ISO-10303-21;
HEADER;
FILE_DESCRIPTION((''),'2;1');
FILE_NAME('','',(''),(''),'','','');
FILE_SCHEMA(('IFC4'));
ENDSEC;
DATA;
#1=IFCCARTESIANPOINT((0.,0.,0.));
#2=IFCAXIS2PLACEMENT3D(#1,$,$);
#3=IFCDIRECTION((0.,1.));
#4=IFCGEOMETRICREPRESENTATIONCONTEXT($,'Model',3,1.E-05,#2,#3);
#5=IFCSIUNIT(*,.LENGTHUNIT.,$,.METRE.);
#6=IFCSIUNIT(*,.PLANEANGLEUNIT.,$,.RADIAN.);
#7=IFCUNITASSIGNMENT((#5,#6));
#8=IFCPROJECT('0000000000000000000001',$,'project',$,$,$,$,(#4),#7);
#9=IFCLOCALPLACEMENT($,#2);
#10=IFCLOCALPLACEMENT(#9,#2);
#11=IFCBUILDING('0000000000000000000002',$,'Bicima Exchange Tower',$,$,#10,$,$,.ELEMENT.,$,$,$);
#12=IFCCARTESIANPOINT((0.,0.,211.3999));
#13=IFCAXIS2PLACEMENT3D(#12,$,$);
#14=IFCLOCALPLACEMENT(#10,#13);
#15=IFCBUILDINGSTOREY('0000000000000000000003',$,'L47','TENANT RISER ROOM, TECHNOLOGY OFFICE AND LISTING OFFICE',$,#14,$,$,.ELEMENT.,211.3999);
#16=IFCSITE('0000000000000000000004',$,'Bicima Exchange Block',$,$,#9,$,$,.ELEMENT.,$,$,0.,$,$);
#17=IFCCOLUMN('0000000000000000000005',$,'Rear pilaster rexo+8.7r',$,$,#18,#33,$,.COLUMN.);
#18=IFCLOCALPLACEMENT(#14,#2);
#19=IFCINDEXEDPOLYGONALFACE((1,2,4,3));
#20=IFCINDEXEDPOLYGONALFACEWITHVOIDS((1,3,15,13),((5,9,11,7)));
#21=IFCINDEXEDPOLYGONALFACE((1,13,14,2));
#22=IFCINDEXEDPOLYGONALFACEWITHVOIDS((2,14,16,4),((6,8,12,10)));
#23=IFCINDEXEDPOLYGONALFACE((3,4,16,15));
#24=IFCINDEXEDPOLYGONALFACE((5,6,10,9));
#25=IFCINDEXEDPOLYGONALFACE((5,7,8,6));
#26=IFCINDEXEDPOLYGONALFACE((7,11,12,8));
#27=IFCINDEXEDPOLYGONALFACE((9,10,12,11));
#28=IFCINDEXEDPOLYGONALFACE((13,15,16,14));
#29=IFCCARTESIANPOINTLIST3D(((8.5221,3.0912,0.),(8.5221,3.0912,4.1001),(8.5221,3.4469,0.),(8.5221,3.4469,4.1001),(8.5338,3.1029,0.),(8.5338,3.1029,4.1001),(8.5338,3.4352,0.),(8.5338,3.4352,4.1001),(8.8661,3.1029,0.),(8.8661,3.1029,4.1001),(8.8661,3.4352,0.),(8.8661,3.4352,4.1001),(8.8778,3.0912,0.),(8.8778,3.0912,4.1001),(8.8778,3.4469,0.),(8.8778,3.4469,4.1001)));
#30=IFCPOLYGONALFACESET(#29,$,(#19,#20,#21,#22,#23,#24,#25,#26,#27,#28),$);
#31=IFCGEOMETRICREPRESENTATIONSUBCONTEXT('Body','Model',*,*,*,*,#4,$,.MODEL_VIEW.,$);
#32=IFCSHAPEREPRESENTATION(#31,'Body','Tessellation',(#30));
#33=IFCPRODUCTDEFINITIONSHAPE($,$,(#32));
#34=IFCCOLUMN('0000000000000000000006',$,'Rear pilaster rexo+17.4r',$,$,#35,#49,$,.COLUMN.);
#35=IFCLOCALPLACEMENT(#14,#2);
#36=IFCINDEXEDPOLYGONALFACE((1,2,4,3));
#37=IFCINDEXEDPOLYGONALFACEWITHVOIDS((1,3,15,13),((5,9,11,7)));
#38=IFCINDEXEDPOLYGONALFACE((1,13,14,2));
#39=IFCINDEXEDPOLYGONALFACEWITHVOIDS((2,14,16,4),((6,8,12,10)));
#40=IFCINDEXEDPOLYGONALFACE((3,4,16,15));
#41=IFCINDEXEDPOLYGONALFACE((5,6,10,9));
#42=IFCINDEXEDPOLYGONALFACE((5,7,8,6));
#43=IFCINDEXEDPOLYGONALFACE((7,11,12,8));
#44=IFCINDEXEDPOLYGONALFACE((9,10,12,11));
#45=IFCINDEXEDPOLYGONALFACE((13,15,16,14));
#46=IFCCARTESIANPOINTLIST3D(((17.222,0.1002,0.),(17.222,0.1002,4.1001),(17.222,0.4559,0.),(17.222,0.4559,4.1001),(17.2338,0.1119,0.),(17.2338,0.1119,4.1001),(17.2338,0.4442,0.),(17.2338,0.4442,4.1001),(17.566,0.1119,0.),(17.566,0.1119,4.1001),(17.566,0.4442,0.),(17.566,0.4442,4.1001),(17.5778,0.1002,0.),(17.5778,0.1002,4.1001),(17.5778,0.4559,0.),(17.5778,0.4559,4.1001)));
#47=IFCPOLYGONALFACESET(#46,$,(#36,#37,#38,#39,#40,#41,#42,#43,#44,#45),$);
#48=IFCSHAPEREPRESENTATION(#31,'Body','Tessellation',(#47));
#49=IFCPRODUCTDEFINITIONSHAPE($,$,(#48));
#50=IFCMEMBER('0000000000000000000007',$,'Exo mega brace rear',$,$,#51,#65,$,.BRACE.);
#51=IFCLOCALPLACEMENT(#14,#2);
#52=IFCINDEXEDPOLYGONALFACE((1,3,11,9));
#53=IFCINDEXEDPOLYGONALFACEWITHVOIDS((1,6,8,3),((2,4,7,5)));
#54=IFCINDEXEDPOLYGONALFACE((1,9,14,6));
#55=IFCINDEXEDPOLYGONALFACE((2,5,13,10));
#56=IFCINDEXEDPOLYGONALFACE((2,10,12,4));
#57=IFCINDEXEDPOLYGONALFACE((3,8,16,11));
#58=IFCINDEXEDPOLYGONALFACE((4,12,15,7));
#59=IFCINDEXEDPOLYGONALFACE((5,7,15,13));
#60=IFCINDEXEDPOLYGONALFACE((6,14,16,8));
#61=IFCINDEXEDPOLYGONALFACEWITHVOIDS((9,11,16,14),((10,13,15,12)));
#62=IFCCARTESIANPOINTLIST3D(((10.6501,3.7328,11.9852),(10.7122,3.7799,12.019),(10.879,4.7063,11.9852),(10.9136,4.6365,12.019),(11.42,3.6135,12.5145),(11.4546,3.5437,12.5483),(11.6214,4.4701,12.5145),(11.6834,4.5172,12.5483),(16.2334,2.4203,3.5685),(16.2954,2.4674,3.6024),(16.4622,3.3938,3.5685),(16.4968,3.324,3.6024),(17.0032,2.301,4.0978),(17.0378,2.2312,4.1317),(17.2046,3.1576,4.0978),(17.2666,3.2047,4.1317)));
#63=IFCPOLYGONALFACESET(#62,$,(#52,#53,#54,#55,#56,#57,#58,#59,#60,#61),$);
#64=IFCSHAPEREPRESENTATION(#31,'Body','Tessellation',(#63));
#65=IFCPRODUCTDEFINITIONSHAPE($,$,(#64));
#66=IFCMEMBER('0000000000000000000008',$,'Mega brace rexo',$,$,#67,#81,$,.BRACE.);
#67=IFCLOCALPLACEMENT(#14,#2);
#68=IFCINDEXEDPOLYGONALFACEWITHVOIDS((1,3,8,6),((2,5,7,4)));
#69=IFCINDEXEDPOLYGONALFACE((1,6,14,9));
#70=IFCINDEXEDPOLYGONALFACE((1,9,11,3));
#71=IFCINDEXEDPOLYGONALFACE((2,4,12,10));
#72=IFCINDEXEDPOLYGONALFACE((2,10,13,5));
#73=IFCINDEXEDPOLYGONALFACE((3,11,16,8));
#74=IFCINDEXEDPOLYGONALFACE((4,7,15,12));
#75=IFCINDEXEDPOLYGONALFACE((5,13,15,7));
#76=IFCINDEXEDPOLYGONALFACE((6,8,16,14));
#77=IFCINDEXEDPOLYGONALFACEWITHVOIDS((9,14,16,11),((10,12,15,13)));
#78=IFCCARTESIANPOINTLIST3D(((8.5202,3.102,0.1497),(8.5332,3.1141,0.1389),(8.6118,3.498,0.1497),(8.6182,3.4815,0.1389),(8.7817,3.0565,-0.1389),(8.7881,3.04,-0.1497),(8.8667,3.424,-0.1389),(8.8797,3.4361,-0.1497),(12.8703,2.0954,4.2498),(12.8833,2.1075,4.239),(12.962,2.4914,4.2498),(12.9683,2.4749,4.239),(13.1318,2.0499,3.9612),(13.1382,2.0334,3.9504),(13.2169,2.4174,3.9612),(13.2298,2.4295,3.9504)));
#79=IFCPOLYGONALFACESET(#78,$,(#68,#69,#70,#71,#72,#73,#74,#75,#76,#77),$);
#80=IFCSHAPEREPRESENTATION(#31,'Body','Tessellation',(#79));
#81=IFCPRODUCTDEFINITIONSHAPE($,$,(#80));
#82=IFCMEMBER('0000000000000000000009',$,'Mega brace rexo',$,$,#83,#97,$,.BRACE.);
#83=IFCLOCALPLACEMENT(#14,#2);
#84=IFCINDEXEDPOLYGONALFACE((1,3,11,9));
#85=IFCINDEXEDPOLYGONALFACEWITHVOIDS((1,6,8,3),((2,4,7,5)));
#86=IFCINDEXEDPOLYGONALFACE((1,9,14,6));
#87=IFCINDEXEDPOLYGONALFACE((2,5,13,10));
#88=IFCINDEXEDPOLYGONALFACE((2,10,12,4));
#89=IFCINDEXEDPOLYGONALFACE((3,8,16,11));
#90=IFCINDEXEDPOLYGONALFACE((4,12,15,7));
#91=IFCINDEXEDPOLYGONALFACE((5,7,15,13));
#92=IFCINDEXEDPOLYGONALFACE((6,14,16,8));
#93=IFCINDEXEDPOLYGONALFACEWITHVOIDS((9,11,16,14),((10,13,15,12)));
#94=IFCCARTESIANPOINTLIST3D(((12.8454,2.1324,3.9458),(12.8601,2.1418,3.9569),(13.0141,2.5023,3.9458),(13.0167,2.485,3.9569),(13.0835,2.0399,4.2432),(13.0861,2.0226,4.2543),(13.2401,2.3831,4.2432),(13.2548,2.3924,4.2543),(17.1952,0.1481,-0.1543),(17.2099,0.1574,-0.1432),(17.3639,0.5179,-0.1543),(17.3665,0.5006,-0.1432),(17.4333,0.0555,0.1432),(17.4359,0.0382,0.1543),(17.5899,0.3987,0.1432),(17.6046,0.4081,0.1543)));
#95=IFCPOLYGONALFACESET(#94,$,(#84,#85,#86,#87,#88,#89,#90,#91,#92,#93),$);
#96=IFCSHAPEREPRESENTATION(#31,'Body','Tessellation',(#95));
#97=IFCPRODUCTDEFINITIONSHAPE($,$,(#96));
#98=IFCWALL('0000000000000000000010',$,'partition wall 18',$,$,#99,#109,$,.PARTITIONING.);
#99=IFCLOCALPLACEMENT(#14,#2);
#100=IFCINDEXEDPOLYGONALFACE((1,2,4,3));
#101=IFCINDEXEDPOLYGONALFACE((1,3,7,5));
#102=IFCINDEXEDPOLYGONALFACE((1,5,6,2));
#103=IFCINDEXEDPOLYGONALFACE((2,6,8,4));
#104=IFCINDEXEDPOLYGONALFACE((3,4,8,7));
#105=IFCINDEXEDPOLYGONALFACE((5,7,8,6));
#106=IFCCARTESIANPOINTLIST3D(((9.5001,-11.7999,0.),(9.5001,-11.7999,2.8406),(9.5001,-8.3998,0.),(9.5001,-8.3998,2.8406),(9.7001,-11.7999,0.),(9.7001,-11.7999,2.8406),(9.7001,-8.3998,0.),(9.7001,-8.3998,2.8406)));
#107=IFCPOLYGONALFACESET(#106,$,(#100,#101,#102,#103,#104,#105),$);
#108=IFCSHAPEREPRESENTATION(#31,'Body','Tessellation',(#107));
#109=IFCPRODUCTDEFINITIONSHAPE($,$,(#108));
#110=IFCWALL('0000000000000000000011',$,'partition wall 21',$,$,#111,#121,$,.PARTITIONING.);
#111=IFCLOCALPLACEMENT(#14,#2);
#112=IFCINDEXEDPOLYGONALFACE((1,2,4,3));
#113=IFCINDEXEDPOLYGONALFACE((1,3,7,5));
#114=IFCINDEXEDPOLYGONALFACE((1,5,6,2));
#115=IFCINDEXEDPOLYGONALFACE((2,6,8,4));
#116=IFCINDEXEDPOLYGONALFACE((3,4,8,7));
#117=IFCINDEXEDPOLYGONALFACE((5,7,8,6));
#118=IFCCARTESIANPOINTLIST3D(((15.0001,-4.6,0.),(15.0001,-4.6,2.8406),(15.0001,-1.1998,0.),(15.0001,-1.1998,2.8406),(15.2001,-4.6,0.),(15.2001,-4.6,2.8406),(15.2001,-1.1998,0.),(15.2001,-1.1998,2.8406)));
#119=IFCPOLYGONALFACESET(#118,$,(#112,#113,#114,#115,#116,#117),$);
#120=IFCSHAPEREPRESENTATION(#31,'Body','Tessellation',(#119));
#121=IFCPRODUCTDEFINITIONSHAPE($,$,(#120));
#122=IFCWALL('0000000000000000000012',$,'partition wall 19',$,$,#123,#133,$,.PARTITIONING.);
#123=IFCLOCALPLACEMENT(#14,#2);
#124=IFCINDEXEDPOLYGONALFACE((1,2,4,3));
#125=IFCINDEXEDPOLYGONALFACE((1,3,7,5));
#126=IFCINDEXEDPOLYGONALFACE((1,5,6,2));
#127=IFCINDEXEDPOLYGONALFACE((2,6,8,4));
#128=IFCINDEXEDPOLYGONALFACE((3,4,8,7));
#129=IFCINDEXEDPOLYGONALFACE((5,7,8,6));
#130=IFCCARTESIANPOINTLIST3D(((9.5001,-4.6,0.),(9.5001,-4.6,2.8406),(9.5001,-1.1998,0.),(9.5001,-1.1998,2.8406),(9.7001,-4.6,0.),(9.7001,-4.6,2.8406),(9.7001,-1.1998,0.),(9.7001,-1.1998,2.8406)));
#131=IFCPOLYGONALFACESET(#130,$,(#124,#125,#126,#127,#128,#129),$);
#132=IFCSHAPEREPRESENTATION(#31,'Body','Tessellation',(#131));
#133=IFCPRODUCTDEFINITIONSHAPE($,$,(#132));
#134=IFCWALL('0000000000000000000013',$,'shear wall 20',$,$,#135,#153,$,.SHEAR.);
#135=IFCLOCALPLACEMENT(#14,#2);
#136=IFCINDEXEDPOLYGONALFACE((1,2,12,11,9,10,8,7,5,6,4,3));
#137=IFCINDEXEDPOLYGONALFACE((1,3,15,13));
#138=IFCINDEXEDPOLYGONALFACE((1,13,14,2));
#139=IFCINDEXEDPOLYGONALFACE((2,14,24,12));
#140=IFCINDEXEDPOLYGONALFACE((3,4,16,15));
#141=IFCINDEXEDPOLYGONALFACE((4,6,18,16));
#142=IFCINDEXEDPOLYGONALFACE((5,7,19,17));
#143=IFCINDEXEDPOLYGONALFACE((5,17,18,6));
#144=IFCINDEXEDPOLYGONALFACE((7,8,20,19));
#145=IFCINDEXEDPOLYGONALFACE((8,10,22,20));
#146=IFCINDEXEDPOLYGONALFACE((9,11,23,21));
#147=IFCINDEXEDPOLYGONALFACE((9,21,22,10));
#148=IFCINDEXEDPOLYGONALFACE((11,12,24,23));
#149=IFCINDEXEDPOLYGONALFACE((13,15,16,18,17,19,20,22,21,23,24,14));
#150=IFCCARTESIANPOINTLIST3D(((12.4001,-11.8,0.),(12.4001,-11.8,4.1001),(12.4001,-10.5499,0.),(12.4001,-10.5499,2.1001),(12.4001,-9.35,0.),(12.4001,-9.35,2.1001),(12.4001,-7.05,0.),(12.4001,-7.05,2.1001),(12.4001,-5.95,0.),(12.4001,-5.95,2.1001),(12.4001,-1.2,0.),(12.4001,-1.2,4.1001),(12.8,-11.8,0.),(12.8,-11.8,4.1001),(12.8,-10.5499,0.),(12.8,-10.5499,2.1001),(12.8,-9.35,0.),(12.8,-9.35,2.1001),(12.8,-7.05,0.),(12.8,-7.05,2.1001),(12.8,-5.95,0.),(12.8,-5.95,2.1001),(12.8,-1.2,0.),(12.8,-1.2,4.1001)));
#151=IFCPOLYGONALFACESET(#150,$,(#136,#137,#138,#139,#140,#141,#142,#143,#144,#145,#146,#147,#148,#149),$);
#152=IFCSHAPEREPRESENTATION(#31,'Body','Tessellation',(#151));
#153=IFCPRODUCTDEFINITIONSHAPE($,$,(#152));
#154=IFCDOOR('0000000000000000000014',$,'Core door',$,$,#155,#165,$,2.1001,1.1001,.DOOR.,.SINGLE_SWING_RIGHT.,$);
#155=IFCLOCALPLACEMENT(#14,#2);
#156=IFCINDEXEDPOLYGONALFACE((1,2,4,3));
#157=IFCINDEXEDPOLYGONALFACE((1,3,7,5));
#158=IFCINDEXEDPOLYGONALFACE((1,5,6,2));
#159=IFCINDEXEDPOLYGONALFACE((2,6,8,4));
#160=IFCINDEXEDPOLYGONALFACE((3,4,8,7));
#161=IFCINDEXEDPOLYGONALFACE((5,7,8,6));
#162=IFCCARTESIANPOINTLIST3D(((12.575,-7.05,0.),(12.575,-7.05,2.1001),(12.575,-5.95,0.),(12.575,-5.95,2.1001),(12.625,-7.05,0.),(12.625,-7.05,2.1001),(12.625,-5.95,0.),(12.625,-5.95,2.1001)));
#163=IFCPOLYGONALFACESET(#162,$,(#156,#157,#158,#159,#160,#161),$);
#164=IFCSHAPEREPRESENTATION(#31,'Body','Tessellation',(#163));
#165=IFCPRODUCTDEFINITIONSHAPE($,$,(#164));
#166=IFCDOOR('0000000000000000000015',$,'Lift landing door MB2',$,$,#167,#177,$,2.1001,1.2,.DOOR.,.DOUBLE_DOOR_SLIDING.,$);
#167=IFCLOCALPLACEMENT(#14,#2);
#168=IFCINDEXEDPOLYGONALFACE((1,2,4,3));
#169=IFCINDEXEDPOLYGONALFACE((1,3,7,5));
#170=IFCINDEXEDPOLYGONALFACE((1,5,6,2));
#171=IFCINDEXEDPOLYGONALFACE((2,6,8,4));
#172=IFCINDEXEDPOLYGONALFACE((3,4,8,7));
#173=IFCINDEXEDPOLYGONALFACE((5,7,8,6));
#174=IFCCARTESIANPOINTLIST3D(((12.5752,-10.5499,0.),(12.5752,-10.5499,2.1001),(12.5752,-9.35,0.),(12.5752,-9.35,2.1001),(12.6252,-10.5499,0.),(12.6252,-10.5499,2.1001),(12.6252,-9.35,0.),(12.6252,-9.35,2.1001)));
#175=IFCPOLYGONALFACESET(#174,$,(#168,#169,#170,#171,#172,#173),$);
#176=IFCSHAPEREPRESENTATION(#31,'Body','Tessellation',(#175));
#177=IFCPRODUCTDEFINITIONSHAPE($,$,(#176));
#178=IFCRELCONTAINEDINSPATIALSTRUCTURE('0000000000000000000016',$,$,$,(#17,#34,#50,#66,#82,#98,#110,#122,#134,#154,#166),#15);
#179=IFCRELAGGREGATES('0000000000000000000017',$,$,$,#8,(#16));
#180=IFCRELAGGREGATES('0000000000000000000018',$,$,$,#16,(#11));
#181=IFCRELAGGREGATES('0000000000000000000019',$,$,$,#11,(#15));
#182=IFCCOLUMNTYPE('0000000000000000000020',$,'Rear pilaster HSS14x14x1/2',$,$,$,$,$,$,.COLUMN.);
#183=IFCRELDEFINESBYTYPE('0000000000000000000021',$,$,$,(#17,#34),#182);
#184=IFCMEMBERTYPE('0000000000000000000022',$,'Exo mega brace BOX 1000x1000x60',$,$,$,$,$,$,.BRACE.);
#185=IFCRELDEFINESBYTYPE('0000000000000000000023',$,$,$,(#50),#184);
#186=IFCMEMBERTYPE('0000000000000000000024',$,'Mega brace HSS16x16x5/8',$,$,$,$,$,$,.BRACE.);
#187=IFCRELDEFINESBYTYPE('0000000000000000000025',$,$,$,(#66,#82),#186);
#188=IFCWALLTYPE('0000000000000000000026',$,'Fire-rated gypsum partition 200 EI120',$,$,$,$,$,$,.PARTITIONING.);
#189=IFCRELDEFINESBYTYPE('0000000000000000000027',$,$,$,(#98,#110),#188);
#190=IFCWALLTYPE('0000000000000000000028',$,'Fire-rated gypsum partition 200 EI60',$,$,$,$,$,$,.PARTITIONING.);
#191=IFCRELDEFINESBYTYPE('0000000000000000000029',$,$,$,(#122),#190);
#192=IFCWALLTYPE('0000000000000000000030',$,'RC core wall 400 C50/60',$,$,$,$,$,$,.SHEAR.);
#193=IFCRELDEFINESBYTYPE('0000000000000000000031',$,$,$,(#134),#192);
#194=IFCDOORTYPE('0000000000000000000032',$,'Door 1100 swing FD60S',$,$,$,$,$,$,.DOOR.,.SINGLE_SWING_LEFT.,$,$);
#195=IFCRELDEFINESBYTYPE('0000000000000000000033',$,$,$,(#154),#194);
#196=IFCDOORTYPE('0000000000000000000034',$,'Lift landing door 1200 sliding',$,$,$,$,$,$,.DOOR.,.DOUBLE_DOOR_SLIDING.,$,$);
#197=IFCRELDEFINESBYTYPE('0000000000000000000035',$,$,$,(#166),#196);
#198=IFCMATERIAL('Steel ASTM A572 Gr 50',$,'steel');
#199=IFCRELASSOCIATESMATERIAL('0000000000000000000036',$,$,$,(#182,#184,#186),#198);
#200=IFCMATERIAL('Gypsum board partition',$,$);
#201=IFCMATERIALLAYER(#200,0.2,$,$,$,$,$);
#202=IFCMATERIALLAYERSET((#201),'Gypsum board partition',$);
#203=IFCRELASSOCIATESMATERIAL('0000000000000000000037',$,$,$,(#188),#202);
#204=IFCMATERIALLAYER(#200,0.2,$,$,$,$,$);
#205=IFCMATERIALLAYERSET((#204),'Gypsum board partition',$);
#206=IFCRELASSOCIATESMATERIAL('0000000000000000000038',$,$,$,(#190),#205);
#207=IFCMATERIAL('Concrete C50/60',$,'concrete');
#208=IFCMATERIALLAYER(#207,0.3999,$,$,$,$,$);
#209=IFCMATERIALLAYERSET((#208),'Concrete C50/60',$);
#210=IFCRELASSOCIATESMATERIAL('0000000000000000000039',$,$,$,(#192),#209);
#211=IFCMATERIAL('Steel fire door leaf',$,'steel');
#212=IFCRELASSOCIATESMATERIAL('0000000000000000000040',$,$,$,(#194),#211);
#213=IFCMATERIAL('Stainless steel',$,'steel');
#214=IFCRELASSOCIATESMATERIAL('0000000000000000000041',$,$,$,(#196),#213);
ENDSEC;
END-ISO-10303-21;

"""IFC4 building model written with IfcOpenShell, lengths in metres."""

from ifc_helpers import new_model, si_unit, direction, frame, frame_2d, origin, origin_2d, place, context, subcontext, project, spatial, rectangle, hollow_rectangle, extrude, material, layer, layer_set, material_profile, profile_set, type_object, element, fill, save


model = new_model("IFC4")

# Units and contexts
model_context = context("Model", 3, precision=1e-05, world=origin(), true_north=direction((0.0, 1.0)))
body_context = subcontext(model_context, "Body", "Model", "MODEL_VIEW")
ifc_project = project(units=[si_unit("LENGTHUNIT", "METRE"), si_unit("PLANEANGLEUNIT", "RADIAN")], contexts=[model_context])

# Site, building, storey
site_placement = place(None, origin())
site = spatial("IfcSite", under=ifc_project, at=site_placement, Name="Bicima Exchange Block", CompositionType="ELEMENT", RefElevation=0.0)
building_placement = place(site_placement, origin())
building = spatial("IfcBuilding", under=site, at=building_placement, Name="Bicima Exchange Tower", CompositionType="ELEMENT")
storey_placement = place(building_placement, frame((0.0, 0.0, 211.3999)))
storey = spatial("IfcBuildingStorey", under=building, at=storey_placement, Name="L47", Description="TENANT RISER ROOM, TECHNOLOGY OFFICE AND LISTING OFFICE", CompositionType="ELEMENT", Elevation=211.3999)

# Columns
ifc_material_1 = material(Name="Steel ASTM A572 Gr 50", Category="steel")
ifc_material_profile_1 = material_profile(ifc_material_1, hollow_rectangle(XDim=0.3557, YDim=0.3557, WallThickness=0.0117, at=origin_2d()))
ifc_profile_set_1 = profile_set([ifc_material_profile_1], Name="Steel ASTM A572 Gr 50")
column_type = type_object("IfcColumnType", Name="Rear pilaster HSS14x14x1/2", PredefinedType="COLUMN", material=ifc_profile_set_1)
for number, where, z_axis, x_axis, name in (
    (1, (8.7, 3.269, 0.0), (0.0, 0.0, 1.0), (1.0, 0.0, 0.0), "Rear pilaster rexo+8.7r"),
    (2, (17.3999, 0.2781, 0.0), (0.0, 0.0, 1.0), (1.0, 0.0, 0.0), "Rear pilaster rexo+17.4r"),
):
    element("IfcColumn", number, at=place(storey_placement, frame(where, z_axis=z_axis, x_axis=x_axis)), inside=storey, type_object=column_type, Name=name, PredefinedType="COLUMN", context=body_context, shape_type="SweptSolid", body=[
        extrude(hollow_rectangle(XDim=0.3557, YDim=0.3557, WallThickness=0.0117, at=origin_2d()), origin(), (0.0, 0.0, 1.0), 4.1001),
    ])

# Members
ifc_material_profile_2 = material_profile(ifc_material_1, hollow_rectangle(XDim=1.0, YDim=1.0, WallThickness=0.0601, at=origin_2d()))
ifc_profile_set_2 = profile_set([ifc_material_profile_2], Name="Steel ASTM A572 Gr 50")
member_type_1 = type_object("IfcMemberType", Name="Exo mega brace BOX 1000x1000x60", PredefinedType="BRACE", material=ifc_profile_set_2)
member_1_placement = place(storey_placement, frame((16.75, 2.8125, 3.8501), z_axis=(-0.548176, 0.128864, 0.826376), x_axis=(-0.22884, -0.973464, 0.0)))
element("IfcMember", 3, at=member_1_placement, inside=storey, type_object=member_type_1, Name="Exo mega brace rear", PredefinedType="BRACE", context=body_context, shape_type="SweptSolid", body=[
    extrude(hollow_rectangle(XDim=1.0, YDim=1.0, WallThickness=0.0601, at=origin_2d()), origin(), (0.0, 0.0, 1.0), 10.1851),
])
ifc_material_profile_3 = material_profile(ifc_material_1, hollow_rectangle(XDim=0.4065, YDim=0.4065, WallThickness=0.0146, at=origin_2d()))
ifc_profile_set_3 = profile_set([ifc_material_profile_3], Name="Steel ASTM A572 Gr 50")
member_type_2 = type_object("IfcMemberType", Name="Mega brace HSS16x16x5/8", PredefinedType="BRACE", material=ifc_profile_set_3)
member_2_placement = place(storey_placement, frame((8.7, 3.269, 0.0), z_axis=(0.717606, -0.166051, 0.676365), x_axis=(0.225439, 0.974257, 0.0)))
element("IfcMember", 4, at=member_2_placement, inside=storey, type_object=member_type_2, Name="Mega brace rexo", PredefinedType="BRACE", context=body_context, shape_type="SweptSolid", body=[
    extrude(hollow_rectangle(XDim=0.4065, YDim=0.4065, WallThickness=0.0146, at=origin_2d()), origin(), (0.0, 0.0, 1.0), 6.062),
])
member_3_placement = place(storey_placement, frame((17.3999, 0.2781, 0.0), z_axis=(-0.690629, 0.31506, 0.650975), x_axis=(-0.415045, -0.909801, 0.0)))
element("IfcMember", 5, at=member_3_placement, inside=storey, type_object=member_type_2, Name="Mega brace rexo", PredefinedType="BRACE", context=body_context, shape_type="SweptSolid", body=[
    extrude(hollow_rectangle(XDim=0.4065, YDim=0.4065, WallThickness=0.0146, at=origin_2d()), origin(), (0.0, 0.0, 1.0), 6.2983),
])

# Walls
ifc_material_2 = material(Name="Gypsum board partition")
ifc_layer_1 = layer(ifc_material_2, 0.2)
ifc_layer_set_1 = layer_set([ifc_layer_1], Name="Gypsum board partition")
wall_type_1 = type_object("IfcWallType", Name="Fire-rated gypsum partition 200 EI120", PredefinedType="PARTITIONING", material=ifc_layer_set_1)
for number, where, z_axis, x_axis, name in (
    (6, (9.6001, -11.8, 0.0), (0.0, 0.0, 1.0), (0.0, 1.0, 0.0), "partition wall 18"),
    (7, (15.1001, -4.6001, 0.0), (0.0, 0.0, 1.0), (0.0, 1.0, 0.0), "partition wall 21"),
):
    element("IfcWall", number, at=place(storey_placement, frame(where, z_axis=z_axis, x_axis=x_axis)), inside=storey, type_object=wall_type_1, Name=name, PredefinedType="PARTITIONING", context=body_context, shape_type="SweptSolid", body=[
        extrude(rectangle(XDim=3.4001, YDim=0.2, at=frame_2d((1.7002, 0.0))), origin(), (0.0, 0.0, 1.0), 2.8406),
    ])
ifc_layer_2 = layer(ifc_material_2, 0.2)
ifc_layer_set_2 = layer_set([ifc_layer_2], Name="Gypsum board partition")
wall_type_2 = type_object("IfcWallType", Name="Fire-rated gypsum partition 200 EI60", PredefinedType="PARTITIONING", material=ifc_layer_set_2)
wall_1_placement = place(storey_placement, frame((9.6001, -4.6001, 0.0), z_axis=(0.0, 0.0, 1.0), x_axis=(0.0, 1.0, 0.0)))
element("IfcWall", 8, at=wall_1_placement, inside=storey, type_object=wall_type_2, Name="partition wall 19", PredefinedType="PARTITIONING", context=body_context, shape_type="SweptSolid", body=[
    extrude(rectangle(XDim=3.4001, YDim=0.2, at=frame_2d((1.7002, 0.0))), origin(), (0.0, 0.0, 1.0), 2.8406),
])

# Wall, openings, doors
ifc_material_3 = material(Name="Concrete C50/60", Category="concrete")
ifc_layer_3 = layer(ifc_material_3, 0.3999)
ifc_layer_set_3 = layer_set([ifc_layer_3], Name="Concrete C50/60")
wall_type_3 = type_object("IfcWallType", Name="RC core wall 400 C50/60", PredefinedType="SHEAR", material=ifc_layer_set_3)
wall_2_placement = place(storey_placement, frame((12.6001, -11.8, 0.0), z_axis=(0.0, 0.0, 1.0), x_axis=(0.0, 1.0, 0.0)))
wall_2 = element("IfcWall", 9, at=wall_2_placement, inside=storey, type_object=wall_type_3, Name="shear wall 20", PredefinedType="SHEAR", context=body_context, shape_type="SweptSolid", body=[
    extrude(rectangle(XDim=10.6001, YDim=0.3999, at=frame_2d((5.3, 0.0))), origin(), (0.0, 0.0, 1.0), 4.1001),
])
opening_1_placement = place(wall_2_placement, frame((1.25, 0.0, 0.0)))
opening_1 = element("IfcOpeningElement", 10, at=opening_1_placement, cuts=wall_2, PredefinedType="OPENING", context=body_context, shape_type="SweptSolid", body=[
    extrude(rectangle(XDim=1.2, YDim=2.1001, at=frame_2d((0.6001, 1.05))), frame((0.0, 0.2119, 0.0), z_axis=(0.0, -1.0, 0.0), x_axis=(1.0, 0.0, 0.0)), (0.0, 0.0, 1.0), 0.4238),
])
opening_2_placement = place(wall_2_placement, frame((4.75, 0.0, 0.0)))
opening_2 = element("IfcOpeningElement", 11, at=opening_2_placement, cuts=wall_2, PredefinedType="OPENING", context=body_context, shape_type="SweptSolid", body=[
    extrude(rectangle(XDim=1.1001, YDim=2.1001, at=frame_2d((0.55, 1.05))), frame((0.0, 0.2119, 0.0), z_axis=(0.0, -1.0, 0.0), x_axis=(1.0, 0.0, 0.0)), (0.0, 0.0, 1.0), 0.4238),
])
ifc_material_4 = material(Name="Steel fire door leaf", Category="steel")
door_type_1 = type_object("IfcDoorType", Name="Door 1100 swing FD60S", OperationType="SINGLE_SWING_LEFT", PredefinedType="DOOR", material=ifc_material_4)
door_1_placement = place(opening_2_placement, frame((1.1001, 0.0, 0.0), z_axis=(0.0, 0.0, 1.0), x_axis=(-1.0, 0.0, 0.0)))
door_1 = element("IfcDoor", 12, at=door_1_placement, inside=storey, type_object=door_type_1, Name="Core door", OperationType="SINGLE_SWING_RIGHT", OverallHeight=2.1001, OverallWidth=1.1001, PredefinedType="DOOR", context=body_context, shape_type="SweptSolid", body=[
    extrude(rectangle(XDim=1.1001, YDim=2.1001, at=frame_2d((0.55, 1.05))), frame((0.0, 0.0249, 0.0), z_axis=(0.0, -1.0, 0.0), x_axis=(1.0, 0.0, 0.0)), (0.0, 0.0, 1.0), 0.05),
])
fill(opening_2, door_1)
ifc_material_5 = material(Name="Stainless steel", Category="steel")
door_type_2 = type_object("IfcDoorType", Name="Lift landing door 1200 sliding", OperationType="DOUBLE_DOOR_SLIDING", PredefinedType="DOOR", material=ifc_material_5)
door_2_placement = place(opening_1_placement, origin())
door_2 = element("IfcDoor", 13, at=door_2_placement, inside=storey, type_object=door_type_2, Name="Lift landing door MB2", OperationType="DOUBLE_DOOR_SLIDING", OverallHeight=2.1001, OverallWidth=1.2, PredefinedType="DOOR", context=body_context, shape_type="SweptSolid", body=[
    extrude(rectangle(XDim=1.2, YDim=2.1001, at=frame_2d((0.6001, 1.05))), frame((0.0, 0.0249, 0.0), z_axis=(0.0, -1.0, 0.0), x_axis=(1.0, 0.0, 0.0)), (0.0, 0.0, 1.0), 0.05),
])
fill(opening_1, door_2)

save(model, "model.ifc")
